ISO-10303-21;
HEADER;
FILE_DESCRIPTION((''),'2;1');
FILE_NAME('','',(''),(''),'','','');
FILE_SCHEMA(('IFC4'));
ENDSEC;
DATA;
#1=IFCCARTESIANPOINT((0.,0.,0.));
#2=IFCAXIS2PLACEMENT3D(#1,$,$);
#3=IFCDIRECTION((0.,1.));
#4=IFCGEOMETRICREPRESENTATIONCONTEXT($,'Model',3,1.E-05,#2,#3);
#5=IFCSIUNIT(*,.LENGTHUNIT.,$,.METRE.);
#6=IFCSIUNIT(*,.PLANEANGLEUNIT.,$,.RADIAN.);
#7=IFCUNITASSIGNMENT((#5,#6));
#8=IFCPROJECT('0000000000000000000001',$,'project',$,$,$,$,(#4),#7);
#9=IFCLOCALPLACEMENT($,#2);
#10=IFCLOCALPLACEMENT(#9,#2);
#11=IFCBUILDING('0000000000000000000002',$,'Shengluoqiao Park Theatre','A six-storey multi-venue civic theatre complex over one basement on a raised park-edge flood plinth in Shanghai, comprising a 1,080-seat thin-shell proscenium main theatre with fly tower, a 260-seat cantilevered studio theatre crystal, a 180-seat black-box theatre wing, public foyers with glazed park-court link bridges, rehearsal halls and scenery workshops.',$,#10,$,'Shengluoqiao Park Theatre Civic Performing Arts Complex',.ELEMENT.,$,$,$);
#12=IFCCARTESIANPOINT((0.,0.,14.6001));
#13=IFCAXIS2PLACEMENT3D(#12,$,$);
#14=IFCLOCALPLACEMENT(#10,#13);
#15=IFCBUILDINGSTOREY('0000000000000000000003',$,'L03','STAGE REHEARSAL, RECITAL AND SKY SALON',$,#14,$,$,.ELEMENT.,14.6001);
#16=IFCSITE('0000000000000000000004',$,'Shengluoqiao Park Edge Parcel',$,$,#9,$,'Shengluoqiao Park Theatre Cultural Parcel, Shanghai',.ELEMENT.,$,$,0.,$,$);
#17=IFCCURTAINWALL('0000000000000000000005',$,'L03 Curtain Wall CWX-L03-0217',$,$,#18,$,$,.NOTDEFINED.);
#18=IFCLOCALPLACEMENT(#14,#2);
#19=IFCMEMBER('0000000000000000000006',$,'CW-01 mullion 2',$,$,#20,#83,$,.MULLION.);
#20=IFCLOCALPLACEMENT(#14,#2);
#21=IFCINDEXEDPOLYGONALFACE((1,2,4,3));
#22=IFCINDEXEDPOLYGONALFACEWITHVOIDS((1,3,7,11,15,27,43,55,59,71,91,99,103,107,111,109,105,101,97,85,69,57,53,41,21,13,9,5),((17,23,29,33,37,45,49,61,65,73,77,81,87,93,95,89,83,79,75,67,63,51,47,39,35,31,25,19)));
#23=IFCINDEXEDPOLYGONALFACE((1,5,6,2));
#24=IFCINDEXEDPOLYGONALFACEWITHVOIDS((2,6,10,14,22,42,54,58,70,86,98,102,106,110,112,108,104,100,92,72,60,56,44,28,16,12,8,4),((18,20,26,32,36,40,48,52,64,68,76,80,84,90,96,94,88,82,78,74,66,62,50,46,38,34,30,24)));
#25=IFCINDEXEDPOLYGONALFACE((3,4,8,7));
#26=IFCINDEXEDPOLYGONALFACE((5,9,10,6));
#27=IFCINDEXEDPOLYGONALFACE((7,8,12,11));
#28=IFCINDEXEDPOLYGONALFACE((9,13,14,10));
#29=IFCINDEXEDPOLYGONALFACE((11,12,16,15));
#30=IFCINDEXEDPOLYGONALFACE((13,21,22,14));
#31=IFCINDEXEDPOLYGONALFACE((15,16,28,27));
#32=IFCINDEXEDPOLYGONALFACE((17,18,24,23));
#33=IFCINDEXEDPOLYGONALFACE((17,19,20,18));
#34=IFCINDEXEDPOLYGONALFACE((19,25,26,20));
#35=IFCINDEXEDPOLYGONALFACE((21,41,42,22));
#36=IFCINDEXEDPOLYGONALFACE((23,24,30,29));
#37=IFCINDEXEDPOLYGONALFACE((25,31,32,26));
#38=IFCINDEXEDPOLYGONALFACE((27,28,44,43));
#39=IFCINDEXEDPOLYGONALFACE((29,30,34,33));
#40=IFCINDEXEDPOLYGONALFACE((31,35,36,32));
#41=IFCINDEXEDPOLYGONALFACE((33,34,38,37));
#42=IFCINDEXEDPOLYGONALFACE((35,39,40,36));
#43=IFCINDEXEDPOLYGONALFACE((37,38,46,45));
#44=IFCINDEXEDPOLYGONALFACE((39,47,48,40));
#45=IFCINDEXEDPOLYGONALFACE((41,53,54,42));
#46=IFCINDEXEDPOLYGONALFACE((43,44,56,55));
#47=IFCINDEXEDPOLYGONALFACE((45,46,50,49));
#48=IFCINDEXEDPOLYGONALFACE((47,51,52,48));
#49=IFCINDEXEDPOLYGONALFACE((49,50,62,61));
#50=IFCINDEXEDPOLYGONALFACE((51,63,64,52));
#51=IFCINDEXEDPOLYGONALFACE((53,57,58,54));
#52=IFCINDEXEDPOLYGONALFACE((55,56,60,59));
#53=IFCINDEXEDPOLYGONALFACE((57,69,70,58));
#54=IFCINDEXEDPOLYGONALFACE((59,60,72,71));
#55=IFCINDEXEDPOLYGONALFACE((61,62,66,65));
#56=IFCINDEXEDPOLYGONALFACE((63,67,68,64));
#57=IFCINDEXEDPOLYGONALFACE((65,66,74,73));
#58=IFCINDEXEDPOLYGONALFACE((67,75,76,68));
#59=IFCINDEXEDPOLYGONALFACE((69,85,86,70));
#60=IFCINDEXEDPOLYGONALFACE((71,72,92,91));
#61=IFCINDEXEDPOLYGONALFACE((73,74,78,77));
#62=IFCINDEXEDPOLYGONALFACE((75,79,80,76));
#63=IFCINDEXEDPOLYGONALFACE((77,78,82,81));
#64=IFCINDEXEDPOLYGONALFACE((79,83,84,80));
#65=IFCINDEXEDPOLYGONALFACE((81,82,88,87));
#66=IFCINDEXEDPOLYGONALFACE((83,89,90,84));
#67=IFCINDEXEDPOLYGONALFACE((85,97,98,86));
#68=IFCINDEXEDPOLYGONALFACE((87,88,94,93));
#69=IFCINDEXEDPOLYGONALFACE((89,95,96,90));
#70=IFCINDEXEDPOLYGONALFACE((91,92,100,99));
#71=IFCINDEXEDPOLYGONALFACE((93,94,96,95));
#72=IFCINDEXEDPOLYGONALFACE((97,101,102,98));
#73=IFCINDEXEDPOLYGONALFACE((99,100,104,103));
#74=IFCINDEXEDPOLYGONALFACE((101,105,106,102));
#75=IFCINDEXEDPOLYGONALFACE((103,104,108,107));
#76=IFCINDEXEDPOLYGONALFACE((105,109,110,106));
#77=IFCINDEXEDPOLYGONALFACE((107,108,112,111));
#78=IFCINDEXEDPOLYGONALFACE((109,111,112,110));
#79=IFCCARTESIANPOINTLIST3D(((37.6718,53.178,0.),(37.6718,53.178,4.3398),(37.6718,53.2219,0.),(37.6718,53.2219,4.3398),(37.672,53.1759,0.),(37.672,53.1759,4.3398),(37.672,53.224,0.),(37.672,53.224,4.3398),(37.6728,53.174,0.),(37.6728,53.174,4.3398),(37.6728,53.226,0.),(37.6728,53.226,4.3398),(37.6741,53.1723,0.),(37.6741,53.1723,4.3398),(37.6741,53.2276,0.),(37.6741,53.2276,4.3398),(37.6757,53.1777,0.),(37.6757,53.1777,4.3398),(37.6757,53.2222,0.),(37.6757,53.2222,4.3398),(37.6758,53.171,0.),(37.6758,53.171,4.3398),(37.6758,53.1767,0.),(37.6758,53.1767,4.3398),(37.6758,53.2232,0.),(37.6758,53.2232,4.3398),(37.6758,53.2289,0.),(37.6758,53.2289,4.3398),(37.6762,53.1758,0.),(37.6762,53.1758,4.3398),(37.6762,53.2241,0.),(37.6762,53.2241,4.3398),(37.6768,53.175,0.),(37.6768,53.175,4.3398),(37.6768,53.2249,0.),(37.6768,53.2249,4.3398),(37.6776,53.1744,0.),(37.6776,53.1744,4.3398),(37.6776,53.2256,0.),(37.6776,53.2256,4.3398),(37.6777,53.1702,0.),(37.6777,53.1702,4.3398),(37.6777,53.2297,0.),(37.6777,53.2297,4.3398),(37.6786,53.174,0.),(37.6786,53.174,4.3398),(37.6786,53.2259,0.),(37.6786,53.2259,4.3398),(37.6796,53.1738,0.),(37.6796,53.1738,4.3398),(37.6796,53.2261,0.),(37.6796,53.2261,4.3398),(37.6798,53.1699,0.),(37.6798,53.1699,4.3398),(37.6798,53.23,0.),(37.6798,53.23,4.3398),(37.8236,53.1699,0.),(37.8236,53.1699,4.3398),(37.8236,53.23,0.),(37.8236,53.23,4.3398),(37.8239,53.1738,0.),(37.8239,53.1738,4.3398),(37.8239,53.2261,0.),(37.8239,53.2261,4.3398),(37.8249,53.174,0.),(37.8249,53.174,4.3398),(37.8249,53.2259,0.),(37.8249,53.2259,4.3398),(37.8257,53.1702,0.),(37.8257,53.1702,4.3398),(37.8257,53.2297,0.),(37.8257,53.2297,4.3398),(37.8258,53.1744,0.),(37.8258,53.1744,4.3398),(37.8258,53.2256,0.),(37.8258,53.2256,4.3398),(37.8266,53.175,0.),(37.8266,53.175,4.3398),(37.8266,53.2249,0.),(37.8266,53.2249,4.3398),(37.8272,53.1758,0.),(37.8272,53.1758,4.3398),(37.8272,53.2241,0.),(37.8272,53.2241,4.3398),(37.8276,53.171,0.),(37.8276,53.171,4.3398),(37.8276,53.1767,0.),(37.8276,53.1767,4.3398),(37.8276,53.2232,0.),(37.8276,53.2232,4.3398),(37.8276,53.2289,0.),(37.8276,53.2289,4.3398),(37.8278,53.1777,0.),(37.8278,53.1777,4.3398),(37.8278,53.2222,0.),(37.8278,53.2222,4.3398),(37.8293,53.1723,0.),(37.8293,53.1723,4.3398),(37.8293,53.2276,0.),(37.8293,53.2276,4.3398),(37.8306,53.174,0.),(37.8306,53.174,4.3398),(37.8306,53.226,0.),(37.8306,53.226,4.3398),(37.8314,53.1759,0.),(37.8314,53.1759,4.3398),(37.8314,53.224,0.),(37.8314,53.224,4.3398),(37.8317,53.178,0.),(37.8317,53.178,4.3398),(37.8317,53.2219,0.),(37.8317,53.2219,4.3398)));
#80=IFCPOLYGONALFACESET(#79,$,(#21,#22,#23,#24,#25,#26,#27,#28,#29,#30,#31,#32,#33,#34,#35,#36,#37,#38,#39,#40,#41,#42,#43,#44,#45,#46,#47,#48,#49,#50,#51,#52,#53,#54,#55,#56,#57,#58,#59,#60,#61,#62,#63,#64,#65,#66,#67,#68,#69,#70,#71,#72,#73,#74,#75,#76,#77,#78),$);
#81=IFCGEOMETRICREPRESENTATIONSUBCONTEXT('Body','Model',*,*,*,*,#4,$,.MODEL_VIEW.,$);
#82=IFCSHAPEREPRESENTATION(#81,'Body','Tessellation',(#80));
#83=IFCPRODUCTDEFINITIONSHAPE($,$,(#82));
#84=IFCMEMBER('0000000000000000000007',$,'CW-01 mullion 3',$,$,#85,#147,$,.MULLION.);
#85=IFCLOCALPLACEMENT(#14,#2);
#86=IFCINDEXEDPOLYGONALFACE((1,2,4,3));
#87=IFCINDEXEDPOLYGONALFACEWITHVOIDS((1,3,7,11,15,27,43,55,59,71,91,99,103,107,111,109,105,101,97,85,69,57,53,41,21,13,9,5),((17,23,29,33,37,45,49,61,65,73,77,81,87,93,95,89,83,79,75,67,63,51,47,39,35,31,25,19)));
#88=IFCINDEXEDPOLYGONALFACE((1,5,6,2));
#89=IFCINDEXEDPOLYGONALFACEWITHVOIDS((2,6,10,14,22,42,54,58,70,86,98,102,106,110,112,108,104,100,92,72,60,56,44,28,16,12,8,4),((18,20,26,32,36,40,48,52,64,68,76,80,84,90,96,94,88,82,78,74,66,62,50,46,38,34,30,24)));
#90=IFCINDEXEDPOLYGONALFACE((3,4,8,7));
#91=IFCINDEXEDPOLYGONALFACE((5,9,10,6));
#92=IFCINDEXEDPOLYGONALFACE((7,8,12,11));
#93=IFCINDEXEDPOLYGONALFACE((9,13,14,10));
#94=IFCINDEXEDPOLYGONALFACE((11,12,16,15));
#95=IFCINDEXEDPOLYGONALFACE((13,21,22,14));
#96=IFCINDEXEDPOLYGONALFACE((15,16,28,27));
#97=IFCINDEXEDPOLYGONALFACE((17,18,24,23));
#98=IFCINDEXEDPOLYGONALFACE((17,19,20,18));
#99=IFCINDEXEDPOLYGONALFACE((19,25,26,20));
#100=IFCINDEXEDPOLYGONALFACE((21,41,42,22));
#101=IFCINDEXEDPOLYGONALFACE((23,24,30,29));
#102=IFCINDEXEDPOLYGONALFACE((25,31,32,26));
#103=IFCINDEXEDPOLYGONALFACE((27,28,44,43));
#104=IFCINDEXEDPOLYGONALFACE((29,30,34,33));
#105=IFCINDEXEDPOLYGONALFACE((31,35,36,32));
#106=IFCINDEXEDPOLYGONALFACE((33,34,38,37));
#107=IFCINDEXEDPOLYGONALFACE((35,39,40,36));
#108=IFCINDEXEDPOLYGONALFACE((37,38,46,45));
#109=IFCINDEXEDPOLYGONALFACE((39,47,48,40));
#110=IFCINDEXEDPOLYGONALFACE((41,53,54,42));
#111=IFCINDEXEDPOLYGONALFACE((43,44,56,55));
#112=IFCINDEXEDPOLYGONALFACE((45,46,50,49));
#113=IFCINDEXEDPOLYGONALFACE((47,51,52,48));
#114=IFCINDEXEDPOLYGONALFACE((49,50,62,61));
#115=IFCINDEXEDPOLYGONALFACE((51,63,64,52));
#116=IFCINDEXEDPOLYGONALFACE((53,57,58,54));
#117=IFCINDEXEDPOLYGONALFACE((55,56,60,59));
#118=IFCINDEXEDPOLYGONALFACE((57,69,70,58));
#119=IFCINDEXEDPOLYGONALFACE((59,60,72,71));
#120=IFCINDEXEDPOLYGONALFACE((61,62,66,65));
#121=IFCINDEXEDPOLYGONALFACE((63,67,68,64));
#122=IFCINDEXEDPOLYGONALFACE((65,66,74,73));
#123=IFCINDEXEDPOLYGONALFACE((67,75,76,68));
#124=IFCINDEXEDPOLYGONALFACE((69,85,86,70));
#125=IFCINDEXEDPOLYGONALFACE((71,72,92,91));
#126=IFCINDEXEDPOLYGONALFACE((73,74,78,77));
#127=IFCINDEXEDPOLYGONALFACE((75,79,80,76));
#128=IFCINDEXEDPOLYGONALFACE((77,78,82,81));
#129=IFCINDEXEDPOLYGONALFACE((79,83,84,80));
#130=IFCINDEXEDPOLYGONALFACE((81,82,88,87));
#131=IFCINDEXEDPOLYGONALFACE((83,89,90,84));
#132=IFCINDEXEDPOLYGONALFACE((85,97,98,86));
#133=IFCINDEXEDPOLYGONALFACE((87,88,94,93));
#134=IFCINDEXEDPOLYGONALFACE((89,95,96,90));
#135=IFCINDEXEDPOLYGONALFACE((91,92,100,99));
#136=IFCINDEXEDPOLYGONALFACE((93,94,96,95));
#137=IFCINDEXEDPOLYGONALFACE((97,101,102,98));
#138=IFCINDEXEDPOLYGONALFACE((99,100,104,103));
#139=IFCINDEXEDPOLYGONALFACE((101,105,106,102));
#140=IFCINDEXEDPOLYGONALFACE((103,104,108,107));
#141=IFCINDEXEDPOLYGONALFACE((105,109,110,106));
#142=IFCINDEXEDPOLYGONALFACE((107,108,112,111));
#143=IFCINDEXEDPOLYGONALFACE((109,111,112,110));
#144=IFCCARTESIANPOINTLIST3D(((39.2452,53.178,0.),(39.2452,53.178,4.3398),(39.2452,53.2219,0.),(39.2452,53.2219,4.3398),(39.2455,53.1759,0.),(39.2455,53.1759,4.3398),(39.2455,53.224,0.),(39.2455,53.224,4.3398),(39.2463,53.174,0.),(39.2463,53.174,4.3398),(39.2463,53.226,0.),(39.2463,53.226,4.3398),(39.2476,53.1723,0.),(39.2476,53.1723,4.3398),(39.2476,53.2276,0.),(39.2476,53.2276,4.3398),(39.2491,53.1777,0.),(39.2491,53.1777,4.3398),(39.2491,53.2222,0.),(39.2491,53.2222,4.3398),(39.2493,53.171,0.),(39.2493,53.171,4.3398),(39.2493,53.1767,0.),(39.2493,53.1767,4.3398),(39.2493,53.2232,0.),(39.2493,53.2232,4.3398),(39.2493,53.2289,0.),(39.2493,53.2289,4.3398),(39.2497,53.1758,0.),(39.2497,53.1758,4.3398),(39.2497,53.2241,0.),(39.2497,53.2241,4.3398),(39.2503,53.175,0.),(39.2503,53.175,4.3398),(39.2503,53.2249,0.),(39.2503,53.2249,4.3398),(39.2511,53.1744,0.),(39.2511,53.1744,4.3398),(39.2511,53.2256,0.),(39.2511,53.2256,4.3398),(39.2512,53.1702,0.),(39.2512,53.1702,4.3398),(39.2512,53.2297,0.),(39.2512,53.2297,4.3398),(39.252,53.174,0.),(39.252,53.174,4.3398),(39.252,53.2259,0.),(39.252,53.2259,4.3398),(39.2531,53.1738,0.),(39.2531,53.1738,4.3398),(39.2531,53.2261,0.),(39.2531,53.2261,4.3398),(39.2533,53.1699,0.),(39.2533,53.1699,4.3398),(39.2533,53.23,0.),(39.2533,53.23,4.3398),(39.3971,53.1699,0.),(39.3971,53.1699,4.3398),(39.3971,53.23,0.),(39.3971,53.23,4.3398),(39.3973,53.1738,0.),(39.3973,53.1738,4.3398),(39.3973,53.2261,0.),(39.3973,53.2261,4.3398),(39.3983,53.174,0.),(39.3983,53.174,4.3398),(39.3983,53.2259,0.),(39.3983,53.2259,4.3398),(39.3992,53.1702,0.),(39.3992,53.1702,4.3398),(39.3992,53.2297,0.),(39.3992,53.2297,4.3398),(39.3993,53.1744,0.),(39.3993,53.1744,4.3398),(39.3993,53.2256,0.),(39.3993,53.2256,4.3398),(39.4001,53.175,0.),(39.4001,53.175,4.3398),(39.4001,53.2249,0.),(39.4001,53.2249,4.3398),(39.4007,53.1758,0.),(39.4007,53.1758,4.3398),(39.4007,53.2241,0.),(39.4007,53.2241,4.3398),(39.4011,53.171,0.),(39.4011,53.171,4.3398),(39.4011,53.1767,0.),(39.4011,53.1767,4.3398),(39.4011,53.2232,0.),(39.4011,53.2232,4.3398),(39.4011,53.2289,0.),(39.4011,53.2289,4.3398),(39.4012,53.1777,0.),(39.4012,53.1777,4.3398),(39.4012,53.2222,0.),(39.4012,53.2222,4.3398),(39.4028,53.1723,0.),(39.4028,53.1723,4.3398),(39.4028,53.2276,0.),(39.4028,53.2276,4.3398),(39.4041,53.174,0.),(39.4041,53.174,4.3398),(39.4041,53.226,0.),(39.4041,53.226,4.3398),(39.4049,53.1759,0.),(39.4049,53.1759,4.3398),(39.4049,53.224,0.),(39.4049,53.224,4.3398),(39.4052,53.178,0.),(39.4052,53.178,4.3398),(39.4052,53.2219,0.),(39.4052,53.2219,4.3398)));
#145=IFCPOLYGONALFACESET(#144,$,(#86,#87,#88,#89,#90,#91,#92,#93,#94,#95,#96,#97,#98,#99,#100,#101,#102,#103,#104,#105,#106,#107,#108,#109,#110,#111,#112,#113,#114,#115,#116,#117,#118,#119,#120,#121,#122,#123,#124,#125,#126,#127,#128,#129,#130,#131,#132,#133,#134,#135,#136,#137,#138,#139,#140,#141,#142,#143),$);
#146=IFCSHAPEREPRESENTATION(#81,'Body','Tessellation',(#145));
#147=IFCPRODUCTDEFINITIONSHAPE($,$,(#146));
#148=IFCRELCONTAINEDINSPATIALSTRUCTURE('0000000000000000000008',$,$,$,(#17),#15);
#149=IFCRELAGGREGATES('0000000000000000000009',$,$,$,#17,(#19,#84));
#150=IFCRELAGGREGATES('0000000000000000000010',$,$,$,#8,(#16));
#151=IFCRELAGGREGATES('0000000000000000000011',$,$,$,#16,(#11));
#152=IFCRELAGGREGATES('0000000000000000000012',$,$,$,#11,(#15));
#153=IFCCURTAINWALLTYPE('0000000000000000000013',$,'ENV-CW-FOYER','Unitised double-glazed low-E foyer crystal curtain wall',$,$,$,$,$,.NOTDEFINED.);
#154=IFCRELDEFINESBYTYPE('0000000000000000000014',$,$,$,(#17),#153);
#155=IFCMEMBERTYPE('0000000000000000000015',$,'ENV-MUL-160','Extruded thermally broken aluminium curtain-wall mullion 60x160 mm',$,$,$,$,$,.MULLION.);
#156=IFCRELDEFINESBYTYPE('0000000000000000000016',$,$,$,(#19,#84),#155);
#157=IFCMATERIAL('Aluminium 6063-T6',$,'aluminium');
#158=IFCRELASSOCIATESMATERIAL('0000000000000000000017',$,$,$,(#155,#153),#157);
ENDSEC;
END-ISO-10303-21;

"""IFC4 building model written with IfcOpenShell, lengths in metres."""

from ifc_helpers import new_model, si_unit, direction, frame, origin, origin_2d, place, context, subcontext, project, spatial, hollow_rectangle, extrude, material, material_profile, profile_set, type_object, element, aggregate, save


model = new_model("IFC4")

# Units and contexts
model_context = context("Model", 3, precision=1e-05, world=origin(), true_north=direction((0.0, 1.0)))
body_context = subcontext(model_context, "Body", "Model", "MODEL_VIEW")
ifc_project = project(units=[si_unit("LENGTHUNIT", "METRE"), si_unit("PLANEANGLEUNIT", "RADIAN")], contexts=[model_context])

# Site, building, storey
site_placement = place(None, origin())
site = spatial("IfcSite", under=ifc_project, at=site_placement, Name="Shengluoqiao Park Edge Parcel", LongName="Shengluoqiao Park Theatre Cultural Parcel, Shanghai", CompositionType="ELEMENT", RefElevation=0.0)
building_placement = place(site_placement, origin())
building = spatial("IfcBuilding", under=site, at=building_placement, Name="Shengluoqiao Park Theatre", Description="A six-storey multi-venue civic theatre complex over one basement on a raised park-edge flood plinth in Shanghai, comprising a 1,080-seat thin-shell proscenium main theatre with fly tower, a 260-seat cantilevered studio theatre crystal, a 180-seat black-box theatre wing, public foyers with glazed park-court link bridges, rehearsal halls and scenery workshops.", LongName="Shengluoqiao Park Theatre Civic Performing Arts Complex", CompositionType="ELEMENT")
storey_placement = place(building_placement, frame((0.0, 0.0, 14.6001)))
storey = spatial("IfcBuildingStorey", under=building, at=storey_placement, Name="L03", Description="STAGE REHEARSAL, RECITAL AND SKY SALON", CompositionType="ELEMENT", Elevation=14.6001)

# Shared definitions
ifc_material_1 = material(Name="Aluminium 6063-T6", Category="aluminium")
ifc_material_profile_1 = material_profile(ifc_material_1, hollow_rectangle(XDim=0.0601, YDim=0.1599, WallThickness=0.0039, InnerFilletRadius=0.0039, OuterFilletRadius=0.0081, at=origin_2d()), Name="ALU MULLION 160x60x4")
ifc_profile_set_1 = profile_set([ifc_material_profile_1], Name="Aluminium 6063-T6")
member_type_1 = type_object("IfcMemberType", Name="ENV-MUL-160", Description="Extruded thermally broken aluminium curtain-wall mullion 60x160 mm", PredefinedType="MULLION", material=ifc_profile_set_1)

# Curtain wall, members
curtain_wall_type_1 = type_object("IfcCurtainWallType", Name="ENV-CW-FOYER", Description="Unitised double-glazed low-E foyer crystal curtain wall", PredefinedType="NOTDEFINED", material=ifc_material_1)
curtain_wall_1_placement = place(storey_placement, origin())
curtain_wall_1 = element("IfcCurtainWall", 1, at=curtain_wall_1_placement, inside=storey, type_object=curtain_wall_type_1, Name="L03 Curtain Wall CWX-L03-0217", PredefinedType="NOTDEFINED")
member_1_placement = place(storey_placement, frame((37.7517, 53.2, 0.0), z_axis=(0.0, 0.0, 1.0), x_axis=(0.0, 1.0, 0.0)))
member_1 = element("IfcMember", 2, at=member_1_placement, type_object=member_type_1, Name="CW-01 mullion 2", PredefinedType="MULLION", context=body_context, shape_type="SweptSolid", body=[
    extrude(hollow_rectangle(XDim=0.0601, YDim=0.1599, WallThickness=0.0039, InnerFilletRadius=0.0039, OuterFilletRadius=0.0081, at=origin_2d()), origin(), (0.0, 0.0, 1.0), 4.3398),
])
member_2_placement = place(storey_placement, frame((39.3252, 53.2, 0.0), z_axis=(0.0, 0.0, 1.0), x_axis=(0.0, 1.0, 0.0)))
member_2 = element("IfcMember", 3, at=member_2_placement, type_object=member_type_1, Name="CW-01 mullion 3", PredefinedType="MULLION", context=body_context, shape_type="SweptSolid", body=[
    extrude(hollow_rectangle(XDim=0.0601, YDim=0.1599, WallThickness=0.0039, InnerFilletRadius=0.0039, OuterFilletRadius=0.0081, at=origin_2d()), origin(), (0.0, 0.0, 1.0), 4.3398),
])

aggregate(curtain_wall_1, [member_1, member_2])

save(model, "model.ifc")
